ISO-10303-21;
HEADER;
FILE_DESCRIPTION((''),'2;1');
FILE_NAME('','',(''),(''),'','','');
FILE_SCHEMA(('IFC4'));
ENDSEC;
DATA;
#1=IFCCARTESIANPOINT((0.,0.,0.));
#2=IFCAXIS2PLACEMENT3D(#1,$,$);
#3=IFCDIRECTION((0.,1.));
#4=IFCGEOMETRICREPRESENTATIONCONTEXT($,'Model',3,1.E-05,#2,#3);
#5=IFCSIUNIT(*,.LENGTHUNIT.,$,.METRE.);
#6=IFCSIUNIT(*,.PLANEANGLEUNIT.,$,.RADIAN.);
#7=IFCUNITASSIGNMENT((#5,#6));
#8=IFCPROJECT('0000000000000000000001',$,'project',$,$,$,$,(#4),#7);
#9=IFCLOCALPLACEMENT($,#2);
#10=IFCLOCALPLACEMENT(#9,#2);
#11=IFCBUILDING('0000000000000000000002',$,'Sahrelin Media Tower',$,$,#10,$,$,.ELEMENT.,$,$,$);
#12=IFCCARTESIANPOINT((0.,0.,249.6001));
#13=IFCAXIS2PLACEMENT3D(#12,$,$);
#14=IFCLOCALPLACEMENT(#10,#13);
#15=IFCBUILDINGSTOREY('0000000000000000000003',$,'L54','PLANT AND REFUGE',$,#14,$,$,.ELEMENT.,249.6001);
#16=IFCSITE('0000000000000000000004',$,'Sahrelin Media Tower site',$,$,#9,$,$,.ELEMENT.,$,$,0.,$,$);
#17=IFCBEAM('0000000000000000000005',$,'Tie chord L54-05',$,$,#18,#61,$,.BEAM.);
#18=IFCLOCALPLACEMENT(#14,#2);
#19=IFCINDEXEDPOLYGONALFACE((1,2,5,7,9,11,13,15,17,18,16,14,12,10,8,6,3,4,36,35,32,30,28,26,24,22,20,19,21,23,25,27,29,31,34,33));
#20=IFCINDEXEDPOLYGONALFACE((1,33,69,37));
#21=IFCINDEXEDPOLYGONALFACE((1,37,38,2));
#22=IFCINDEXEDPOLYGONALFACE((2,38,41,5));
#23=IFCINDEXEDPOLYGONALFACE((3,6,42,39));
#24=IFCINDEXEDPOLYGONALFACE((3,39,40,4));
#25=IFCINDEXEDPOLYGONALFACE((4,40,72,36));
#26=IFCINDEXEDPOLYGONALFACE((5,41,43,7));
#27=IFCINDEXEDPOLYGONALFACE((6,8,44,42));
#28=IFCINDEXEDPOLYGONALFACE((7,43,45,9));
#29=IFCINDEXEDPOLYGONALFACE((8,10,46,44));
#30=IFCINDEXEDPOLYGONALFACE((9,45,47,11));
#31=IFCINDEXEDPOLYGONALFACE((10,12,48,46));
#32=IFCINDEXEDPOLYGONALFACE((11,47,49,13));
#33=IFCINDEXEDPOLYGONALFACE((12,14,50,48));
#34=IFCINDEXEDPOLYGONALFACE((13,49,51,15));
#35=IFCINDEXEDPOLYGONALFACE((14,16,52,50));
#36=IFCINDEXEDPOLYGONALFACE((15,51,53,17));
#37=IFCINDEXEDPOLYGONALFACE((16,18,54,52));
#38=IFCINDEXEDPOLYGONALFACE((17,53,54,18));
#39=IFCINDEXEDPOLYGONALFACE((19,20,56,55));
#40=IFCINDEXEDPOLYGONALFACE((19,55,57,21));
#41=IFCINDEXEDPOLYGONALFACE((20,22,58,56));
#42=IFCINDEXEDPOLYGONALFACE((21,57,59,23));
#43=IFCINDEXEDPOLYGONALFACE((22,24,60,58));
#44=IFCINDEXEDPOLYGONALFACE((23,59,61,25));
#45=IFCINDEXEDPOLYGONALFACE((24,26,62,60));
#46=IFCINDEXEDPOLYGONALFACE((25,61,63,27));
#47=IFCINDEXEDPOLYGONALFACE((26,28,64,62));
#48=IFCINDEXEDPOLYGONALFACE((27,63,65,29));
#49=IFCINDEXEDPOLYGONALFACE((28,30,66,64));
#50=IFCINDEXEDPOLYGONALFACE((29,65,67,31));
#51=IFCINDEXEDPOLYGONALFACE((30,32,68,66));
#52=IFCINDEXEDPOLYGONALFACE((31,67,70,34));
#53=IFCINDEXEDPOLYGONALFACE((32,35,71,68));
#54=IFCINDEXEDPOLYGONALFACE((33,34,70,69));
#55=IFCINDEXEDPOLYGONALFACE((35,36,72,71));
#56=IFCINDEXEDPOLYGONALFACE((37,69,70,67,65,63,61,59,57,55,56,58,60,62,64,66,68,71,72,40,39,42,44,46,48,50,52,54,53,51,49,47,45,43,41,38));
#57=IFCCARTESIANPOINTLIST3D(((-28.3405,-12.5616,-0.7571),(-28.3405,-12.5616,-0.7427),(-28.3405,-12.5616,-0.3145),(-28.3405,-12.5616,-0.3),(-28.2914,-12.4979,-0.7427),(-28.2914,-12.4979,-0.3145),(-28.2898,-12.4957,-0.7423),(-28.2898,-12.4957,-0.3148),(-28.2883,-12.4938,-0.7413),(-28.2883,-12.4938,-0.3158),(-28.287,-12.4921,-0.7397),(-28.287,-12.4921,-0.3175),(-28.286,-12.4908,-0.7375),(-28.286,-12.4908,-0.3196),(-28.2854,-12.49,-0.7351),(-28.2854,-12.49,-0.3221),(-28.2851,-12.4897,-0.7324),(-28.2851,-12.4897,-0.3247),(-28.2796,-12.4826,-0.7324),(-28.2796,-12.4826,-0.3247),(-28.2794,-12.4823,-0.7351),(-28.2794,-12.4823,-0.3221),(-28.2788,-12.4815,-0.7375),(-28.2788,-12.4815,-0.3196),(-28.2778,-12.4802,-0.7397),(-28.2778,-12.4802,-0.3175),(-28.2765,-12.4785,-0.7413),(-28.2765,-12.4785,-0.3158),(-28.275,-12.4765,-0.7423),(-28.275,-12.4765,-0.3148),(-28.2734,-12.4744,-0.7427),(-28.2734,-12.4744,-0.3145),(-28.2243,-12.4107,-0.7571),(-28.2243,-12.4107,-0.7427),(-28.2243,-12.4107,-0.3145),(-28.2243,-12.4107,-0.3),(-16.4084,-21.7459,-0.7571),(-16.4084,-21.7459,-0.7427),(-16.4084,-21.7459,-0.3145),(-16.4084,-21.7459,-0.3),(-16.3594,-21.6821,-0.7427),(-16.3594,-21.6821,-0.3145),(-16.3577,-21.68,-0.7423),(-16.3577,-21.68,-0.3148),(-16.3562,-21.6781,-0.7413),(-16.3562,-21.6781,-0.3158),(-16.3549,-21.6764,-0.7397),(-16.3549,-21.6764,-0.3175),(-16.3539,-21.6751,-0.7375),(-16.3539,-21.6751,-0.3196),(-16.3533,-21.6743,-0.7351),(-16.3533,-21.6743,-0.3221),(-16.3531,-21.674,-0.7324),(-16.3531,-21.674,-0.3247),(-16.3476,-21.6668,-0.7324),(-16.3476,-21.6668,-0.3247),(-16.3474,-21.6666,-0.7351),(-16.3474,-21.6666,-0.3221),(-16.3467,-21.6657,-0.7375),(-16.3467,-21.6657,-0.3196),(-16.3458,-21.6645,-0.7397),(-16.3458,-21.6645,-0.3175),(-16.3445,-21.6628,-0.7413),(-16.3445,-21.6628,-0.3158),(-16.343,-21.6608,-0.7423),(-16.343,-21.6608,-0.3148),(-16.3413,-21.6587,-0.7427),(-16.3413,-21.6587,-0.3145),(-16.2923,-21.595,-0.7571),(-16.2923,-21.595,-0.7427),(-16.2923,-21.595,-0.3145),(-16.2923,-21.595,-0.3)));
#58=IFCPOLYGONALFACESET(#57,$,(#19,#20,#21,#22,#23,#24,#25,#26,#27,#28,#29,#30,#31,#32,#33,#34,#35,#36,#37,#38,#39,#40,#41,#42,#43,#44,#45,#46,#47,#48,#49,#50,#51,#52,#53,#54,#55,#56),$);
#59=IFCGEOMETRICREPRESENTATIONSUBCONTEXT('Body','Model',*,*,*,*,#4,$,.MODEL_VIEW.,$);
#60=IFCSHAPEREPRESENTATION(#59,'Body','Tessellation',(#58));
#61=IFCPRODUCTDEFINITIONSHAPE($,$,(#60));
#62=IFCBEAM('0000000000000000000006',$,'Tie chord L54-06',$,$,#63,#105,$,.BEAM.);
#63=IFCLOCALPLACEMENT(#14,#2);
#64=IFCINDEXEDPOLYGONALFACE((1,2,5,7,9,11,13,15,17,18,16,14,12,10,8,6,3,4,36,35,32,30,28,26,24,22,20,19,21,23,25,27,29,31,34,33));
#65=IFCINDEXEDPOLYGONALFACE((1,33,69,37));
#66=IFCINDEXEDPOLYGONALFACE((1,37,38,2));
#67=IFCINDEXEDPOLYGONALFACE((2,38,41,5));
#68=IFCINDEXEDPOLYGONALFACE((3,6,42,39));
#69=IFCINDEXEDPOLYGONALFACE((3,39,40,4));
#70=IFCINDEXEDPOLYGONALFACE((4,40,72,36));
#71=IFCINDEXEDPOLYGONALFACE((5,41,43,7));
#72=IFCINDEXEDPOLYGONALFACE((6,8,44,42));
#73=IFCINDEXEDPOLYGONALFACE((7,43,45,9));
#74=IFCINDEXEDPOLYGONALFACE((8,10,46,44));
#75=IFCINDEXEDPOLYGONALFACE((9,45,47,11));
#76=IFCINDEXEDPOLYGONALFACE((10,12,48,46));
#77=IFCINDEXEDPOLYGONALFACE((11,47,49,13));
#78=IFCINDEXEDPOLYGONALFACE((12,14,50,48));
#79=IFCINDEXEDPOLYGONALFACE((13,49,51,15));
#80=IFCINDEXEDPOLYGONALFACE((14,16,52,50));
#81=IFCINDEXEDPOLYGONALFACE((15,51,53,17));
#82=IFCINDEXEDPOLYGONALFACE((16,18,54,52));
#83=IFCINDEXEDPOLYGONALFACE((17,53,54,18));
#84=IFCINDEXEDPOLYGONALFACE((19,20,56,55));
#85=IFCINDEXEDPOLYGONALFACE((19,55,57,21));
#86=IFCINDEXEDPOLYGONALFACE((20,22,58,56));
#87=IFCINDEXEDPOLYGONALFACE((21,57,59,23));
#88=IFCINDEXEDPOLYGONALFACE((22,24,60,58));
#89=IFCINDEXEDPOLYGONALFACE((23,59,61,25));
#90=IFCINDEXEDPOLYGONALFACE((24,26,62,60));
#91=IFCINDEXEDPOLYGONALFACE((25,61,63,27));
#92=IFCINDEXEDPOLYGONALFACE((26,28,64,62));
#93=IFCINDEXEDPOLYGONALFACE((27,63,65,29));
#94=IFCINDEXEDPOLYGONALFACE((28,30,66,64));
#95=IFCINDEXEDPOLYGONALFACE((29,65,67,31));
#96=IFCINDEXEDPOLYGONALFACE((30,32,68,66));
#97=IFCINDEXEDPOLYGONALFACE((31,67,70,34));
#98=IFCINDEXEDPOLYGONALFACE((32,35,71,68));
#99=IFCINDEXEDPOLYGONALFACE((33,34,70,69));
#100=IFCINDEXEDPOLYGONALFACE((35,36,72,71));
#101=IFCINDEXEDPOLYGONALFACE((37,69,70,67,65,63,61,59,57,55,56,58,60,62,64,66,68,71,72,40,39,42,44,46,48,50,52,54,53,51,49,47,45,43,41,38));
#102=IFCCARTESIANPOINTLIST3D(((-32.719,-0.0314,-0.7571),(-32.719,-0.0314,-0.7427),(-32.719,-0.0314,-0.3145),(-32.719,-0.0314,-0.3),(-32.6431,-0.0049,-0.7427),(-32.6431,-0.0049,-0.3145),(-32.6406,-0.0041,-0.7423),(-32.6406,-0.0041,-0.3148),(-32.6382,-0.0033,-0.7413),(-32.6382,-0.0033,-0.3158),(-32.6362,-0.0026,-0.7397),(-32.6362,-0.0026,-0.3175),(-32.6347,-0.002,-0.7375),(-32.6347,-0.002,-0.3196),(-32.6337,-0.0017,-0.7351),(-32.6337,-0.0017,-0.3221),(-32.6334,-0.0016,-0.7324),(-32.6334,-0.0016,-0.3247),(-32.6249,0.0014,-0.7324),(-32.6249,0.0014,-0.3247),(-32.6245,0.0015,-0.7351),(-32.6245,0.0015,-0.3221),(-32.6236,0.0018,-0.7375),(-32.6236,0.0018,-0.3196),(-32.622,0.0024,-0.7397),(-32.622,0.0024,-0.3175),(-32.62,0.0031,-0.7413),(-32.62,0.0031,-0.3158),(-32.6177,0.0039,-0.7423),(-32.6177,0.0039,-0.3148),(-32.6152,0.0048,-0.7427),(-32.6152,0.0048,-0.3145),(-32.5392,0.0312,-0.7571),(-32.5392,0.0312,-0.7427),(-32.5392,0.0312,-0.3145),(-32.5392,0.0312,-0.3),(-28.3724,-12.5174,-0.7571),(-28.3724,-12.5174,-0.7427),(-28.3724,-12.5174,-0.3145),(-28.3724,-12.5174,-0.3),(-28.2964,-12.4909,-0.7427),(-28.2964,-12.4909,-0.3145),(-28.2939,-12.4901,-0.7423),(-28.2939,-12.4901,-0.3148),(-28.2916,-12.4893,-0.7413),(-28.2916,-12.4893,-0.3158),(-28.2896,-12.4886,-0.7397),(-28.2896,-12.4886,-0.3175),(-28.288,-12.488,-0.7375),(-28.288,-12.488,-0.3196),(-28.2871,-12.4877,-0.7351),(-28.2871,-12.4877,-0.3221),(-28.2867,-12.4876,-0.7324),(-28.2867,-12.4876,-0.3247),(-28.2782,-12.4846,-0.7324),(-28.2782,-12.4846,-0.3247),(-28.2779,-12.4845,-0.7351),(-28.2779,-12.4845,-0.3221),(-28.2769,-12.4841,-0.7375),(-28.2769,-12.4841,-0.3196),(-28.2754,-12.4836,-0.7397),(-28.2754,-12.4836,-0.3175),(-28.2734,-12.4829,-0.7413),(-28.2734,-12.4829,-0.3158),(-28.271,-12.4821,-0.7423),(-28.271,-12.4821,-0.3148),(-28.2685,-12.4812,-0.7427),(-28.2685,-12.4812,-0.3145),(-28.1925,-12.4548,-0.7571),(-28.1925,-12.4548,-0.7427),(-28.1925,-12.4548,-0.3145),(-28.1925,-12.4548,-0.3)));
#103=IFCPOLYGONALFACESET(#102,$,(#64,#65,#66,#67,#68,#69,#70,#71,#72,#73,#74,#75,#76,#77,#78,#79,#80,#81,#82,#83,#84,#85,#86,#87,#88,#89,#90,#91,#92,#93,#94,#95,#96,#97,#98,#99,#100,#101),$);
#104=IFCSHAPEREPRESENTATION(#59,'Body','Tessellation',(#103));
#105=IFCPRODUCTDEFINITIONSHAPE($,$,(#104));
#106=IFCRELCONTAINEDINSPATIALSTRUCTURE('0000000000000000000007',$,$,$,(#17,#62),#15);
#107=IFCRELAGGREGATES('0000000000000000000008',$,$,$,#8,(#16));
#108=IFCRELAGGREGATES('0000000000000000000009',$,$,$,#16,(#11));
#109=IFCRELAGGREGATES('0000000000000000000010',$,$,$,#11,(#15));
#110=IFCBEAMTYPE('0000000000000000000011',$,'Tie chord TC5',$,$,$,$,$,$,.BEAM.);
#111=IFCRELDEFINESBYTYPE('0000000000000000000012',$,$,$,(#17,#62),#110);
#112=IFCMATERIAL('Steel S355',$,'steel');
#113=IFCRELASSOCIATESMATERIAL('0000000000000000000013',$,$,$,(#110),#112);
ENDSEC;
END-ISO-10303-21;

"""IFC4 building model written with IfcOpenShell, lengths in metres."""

from ifc_helpers import new_model, si_unit, direction, frame, origin, origin_2d, place, context, subcontext, project, spatial, i_section, extrude, material, material_profile, profile_set, type_object, element, save


model = new_model("IFC4")

# Units and contexts
model_context = context("Model", 3, precision=1e-05, world=origin(), true_north=direction((0.0, 1.0)))
body_context = subcontext(model_context, "Body", "Model", "MODEL_VIEW")
ifc_project = project(units=[si_unit("LENGTHUNIT", "METRE"), si_unit("PLANEANGLEUNIT", "RADIAN")], contexts=[model_context])

# Site, building, storey
site_placement = place(None, origin())
site = spatial("IfcSite", under=ifc_project, at=site_placement, Name="Sahrelin Media Tower site", CompositionType="ELEMENT", RefElevation=0.0)
building_placement = place(site_placement, origin())
building = spatial("IfcBuilding", under=site, at=building_placement, Name="Sahrelin Media Tower", CompositionType="ELEMENT")
storey_placement = place(building_placement, frame((0.0, 0.0, 249.6001)))
storey = spatial("IfcBuildingStorey", under=building, at=storey_placement, Name="L54", Description="PLANT AND REFUGE", CompositionType="ELEMENT", Elevation=249.6001)

# Beams
ifc_material_1 = material(Name="Steel S355", Category="steel")
ifc_material_profile_1 = material_profile(ifc_material_1, i_section(OverallWidth=0.1904, OverallDepth=0.457, WebThickness=0.009, FlangeThickness=0.0144, FilletRadius=0.0103, at=origin_2d()), Name="UB 457x191x74")
ifc_profile_set_1 = profile_set([ifc_material_profile_1], Name="Steel S355")
beam_type_1 = type_object("IfcBeamType", Name="Tie chord TC5", PredefinedType="BEAM", material=ifc_profile_set_1)
beam_1_placement = place(storey_placement, frame((-16.3503, -21.6704, -0.5286), z_axis=(-0.792439, 0.609951, 0.0), x_axis=(-0.609951, -0.792439, 0.0)))
element("IfcBeam", 1, at=beam_1_placement, inside=storey, type_object=beam_type_1, Name="Tie chord L54-05", PredefinedType="BEAM", context=body_context, shape_type="SweptSolid", body=[
    extrude(i_section(OverallWidth=0.1904, OverallDepth=0.457, WebThickness=0.009, FlangeThickness=0.0144, FilletRadius=0.0103, at=origin_2d()), origin(), (0.0, 0.0, 1.0), 15.0574),
])
beam_2_placement = place(storey_placement, frame((-28.2825, -12.4861, -0.5286), z_axis=(-0.32877, 0.94441, 0.0), x_axis=(-0.94441, -0.32877, 0.0)))
element("IfcBeam", 2, at=beam_2_placement, inside=storey, type_object=beam_type_1, Name="Tie chord L54-06", PredefinedType="BEAM", context=body_context, shape_type="SweptSolid", body=[
    extrude(i_section(OverallWidth=0.1904, OverallDepth=0.457, WebThickness=0.009, FlangeThickness=0.0144, FilletRadius=0.0103, at=origin_2d()), origin(), (0.0, 0.0, 1.0), 13.2209),
])

save(model, "model.ifc")
